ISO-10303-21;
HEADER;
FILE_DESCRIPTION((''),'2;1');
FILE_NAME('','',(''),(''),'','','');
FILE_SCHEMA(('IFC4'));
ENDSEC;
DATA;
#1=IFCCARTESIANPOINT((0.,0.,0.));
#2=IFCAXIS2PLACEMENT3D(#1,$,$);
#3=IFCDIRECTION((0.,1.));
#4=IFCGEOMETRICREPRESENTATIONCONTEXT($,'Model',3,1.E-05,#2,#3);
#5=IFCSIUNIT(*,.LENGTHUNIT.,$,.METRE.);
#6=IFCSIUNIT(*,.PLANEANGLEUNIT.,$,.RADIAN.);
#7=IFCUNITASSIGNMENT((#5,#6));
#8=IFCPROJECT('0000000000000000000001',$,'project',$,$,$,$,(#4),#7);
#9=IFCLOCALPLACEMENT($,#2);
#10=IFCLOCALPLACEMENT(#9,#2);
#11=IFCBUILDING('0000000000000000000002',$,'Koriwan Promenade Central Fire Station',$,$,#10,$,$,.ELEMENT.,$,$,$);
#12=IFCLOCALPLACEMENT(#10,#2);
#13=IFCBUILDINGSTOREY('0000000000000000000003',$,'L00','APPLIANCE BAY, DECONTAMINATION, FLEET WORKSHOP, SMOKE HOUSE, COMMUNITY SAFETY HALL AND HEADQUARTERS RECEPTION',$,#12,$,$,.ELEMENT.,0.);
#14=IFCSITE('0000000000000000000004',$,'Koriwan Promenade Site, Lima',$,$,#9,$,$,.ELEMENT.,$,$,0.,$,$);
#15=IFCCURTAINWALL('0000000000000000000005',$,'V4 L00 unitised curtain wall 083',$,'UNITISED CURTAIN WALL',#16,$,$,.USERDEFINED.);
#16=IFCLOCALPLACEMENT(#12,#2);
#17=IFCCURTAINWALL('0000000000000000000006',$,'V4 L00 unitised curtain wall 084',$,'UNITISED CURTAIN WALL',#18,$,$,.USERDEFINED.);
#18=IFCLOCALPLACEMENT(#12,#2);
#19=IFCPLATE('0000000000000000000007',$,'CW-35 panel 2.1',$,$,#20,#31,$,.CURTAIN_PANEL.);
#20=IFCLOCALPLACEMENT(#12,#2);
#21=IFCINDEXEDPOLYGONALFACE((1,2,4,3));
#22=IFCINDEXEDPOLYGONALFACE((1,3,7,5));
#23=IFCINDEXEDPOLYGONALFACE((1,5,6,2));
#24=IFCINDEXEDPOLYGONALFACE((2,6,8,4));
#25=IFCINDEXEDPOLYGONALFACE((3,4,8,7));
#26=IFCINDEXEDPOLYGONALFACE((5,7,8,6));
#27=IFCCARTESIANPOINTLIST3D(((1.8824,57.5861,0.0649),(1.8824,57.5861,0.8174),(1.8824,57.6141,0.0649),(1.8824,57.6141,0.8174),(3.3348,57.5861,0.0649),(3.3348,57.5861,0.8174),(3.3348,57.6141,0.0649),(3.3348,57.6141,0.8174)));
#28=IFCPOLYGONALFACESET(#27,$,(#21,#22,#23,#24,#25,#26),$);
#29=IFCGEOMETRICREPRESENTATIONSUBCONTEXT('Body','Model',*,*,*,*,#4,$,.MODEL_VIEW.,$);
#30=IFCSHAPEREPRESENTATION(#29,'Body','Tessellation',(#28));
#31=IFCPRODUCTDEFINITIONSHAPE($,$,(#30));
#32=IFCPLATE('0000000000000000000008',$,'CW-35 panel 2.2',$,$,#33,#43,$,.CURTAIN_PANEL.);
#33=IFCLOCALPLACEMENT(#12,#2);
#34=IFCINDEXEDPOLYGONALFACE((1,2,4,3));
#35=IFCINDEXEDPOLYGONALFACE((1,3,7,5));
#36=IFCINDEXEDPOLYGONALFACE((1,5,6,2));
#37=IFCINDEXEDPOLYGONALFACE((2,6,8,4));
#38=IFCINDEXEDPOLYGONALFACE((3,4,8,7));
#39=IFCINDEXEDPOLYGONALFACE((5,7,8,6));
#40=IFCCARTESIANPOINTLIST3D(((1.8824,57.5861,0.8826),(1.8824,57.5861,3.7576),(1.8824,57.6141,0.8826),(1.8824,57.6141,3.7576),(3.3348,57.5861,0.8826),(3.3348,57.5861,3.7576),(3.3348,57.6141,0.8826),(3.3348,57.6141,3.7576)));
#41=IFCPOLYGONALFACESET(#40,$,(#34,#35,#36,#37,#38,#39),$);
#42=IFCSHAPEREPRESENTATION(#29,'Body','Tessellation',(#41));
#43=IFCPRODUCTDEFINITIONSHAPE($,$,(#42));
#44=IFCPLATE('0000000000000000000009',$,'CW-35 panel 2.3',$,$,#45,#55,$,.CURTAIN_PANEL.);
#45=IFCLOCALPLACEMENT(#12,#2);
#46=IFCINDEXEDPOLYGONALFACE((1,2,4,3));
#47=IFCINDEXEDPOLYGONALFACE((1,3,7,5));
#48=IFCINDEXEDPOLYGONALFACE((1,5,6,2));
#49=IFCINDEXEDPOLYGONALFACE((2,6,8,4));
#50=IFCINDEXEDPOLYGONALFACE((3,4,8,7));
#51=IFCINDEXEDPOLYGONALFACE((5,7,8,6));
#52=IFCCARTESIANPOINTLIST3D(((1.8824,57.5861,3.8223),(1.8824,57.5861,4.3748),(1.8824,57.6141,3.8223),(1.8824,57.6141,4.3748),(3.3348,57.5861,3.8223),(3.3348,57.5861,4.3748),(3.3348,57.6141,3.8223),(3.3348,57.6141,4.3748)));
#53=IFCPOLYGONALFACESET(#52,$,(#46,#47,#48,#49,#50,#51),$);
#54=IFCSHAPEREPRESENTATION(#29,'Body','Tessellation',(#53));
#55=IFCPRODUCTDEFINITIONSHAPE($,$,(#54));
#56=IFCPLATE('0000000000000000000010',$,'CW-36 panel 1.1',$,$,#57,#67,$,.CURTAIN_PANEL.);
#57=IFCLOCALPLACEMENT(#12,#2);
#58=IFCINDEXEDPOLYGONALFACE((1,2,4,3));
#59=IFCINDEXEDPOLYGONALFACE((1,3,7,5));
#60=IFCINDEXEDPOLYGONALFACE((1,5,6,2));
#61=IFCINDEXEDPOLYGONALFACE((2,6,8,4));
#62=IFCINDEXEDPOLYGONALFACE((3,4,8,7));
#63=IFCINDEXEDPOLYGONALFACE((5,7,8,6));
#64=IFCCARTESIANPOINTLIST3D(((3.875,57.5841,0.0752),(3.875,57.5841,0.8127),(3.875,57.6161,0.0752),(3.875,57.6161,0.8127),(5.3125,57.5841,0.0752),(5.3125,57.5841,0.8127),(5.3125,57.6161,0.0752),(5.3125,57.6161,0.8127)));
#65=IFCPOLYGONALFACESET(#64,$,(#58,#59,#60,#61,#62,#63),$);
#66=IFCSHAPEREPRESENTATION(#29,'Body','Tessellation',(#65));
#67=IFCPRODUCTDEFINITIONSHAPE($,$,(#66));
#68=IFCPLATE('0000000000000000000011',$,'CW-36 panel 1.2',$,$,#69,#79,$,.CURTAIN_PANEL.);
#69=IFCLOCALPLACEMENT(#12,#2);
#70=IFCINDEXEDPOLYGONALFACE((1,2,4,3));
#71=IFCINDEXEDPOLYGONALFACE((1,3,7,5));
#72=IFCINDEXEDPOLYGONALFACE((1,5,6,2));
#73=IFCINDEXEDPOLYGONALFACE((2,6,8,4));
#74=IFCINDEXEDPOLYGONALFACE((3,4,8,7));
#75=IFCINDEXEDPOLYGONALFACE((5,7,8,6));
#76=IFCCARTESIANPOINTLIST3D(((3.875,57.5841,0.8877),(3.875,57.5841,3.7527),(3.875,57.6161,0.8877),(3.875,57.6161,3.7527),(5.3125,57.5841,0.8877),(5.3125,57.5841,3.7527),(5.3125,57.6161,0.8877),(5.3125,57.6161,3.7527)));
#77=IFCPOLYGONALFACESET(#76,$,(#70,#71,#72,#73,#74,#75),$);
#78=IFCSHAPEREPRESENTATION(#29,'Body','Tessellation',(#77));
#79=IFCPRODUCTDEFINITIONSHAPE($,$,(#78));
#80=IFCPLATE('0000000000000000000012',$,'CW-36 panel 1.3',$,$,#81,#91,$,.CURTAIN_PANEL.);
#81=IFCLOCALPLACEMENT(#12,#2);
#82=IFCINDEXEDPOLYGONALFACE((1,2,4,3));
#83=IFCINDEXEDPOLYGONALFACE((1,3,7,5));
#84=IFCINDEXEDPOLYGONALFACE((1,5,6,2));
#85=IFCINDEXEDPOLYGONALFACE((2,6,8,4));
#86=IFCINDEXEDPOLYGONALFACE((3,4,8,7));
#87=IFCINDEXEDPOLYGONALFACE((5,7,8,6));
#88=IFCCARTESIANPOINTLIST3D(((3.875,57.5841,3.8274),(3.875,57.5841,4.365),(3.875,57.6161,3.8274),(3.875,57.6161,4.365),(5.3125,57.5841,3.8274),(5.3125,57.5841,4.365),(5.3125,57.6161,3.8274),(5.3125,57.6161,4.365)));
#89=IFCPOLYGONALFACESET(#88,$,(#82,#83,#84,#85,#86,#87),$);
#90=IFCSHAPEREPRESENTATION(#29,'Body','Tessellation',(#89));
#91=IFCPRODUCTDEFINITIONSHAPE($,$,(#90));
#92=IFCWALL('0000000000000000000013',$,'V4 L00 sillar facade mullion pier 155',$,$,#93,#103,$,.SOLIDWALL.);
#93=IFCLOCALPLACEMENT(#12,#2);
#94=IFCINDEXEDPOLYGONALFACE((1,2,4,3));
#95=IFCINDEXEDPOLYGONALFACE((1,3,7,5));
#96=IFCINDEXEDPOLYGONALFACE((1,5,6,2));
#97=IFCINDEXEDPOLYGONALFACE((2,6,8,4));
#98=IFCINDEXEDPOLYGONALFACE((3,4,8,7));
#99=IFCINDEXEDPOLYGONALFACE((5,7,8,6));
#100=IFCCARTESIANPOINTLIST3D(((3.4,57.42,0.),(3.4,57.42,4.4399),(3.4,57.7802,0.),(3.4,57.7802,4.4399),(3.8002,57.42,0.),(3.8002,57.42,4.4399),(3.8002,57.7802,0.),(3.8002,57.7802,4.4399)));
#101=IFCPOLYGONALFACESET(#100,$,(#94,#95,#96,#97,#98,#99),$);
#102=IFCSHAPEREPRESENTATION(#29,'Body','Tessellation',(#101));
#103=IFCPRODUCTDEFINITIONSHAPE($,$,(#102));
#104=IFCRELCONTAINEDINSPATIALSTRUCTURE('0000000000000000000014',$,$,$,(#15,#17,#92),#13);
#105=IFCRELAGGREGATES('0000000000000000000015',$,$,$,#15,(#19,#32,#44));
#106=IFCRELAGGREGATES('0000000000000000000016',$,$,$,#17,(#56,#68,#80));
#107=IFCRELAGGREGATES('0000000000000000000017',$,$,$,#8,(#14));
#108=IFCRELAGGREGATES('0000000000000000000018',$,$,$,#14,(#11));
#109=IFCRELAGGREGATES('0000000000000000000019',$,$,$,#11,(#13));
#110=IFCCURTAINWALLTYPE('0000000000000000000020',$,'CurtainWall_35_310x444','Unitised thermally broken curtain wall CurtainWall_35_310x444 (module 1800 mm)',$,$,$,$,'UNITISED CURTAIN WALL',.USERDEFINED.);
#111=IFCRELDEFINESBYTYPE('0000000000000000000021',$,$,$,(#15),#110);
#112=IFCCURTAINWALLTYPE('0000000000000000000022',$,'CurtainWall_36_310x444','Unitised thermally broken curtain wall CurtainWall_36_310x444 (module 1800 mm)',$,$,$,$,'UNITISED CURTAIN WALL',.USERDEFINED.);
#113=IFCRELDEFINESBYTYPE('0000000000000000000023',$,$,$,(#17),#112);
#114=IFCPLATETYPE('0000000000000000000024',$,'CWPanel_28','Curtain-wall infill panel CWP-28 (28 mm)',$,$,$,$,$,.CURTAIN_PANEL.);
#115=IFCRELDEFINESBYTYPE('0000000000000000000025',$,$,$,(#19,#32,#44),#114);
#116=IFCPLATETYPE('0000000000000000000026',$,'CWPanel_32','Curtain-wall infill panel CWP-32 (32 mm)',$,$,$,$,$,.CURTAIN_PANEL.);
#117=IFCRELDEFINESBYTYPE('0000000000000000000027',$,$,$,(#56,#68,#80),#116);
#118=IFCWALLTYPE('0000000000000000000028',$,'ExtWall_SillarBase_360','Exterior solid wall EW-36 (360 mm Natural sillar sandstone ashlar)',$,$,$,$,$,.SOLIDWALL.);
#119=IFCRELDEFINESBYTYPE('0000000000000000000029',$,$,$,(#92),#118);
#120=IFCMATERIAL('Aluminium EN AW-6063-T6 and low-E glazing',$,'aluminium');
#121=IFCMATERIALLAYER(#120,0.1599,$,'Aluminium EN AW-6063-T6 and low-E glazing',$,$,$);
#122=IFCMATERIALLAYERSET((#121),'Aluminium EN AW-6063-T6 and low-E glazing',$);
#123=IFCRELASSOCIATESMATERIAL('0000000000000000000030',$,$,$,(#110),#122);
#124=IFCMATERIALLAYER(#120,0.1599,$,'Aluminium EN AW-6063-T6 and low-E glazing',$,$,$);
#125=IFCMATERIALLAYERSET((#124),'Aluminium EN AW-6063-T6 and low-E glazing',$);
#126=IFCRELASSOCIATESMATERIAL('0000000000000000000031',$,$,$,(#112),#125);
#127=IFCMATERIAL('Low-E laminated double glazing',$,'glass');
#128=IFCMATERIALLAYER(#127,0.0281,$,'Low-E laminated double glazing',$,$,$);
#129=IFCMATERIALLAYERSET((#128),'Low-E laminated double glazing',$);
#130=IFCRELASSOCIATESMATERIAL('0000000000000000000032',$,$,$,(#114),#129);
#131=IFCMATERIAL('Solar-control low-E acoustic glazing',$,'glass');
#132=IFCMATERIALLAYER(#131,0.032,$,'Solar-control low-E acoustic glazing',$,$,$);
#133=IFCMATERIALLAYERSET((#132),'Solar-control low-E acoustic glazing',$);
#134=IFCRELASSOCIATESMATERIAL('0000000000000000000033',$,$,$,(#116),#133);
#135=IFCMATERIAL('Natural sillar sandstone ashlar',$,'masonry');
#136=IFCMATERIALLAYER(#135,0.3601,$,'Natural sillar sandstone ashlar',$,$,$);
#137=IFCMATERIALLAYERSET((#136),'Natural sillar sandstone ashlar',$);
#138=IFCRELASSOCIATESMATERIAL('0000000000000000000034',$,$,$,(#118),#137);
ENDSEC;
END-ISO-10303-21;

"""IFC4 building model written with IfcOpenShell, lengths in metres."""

from ifc_helpers import new_model, si_unit, direction, frame, frame_2d, origin, origin_2d, place, context, subcontext, project, spatial, rectangle, extrude, material, layer, layer_set, type_object, element, aggregate, save


model = new_model("IFC4")

# Units and contexts
model_context = context("Model", 3, precision=1e-05, world=origin(), true_north=direction((0.0, 1.0)))
body_context = subcontext(model_context, "Body", "Model", "MODEL_VIEW")
ifc_project = project(units=[si_unit("LENGTHUNIT", "METRE"), si_unit("PLANEANGLEUNIT", "RADIAN")], contexts=[model_context])

# Site, building, storey
site_placement = place(None, origin())
site = spatial("IfcSite", under=ifc_project, at=site_placement, Name="Koriwan Promenade Site, Lima", CompositionType="ELEMENT", RefElevation=0.0)
building_placement = place(site_placement, origin())
building = spatial("IfcBuilding", under=site, at=building_placement, Name="Koriwan Promenade Central Fire Station", CompositionType="ELEMENT")
storey_placement = place(building_placement, origin())
storey = spatial("IfcBuildingStorey", under=building, at=storey_placement, Name="L00", Description="APPLIANCE BAY, DECONTAMINATION, FLEET WORKSHOP, SMOKE HOUSE, COMMUNITY SAFETY HALL AND HEADQUARTERS RECEPTION", CompositionType="ELEMENT", Elevation=0.0)

# Curtain walls
ifc_material_1 = material(Name="Aluminium EN AW-6063-T6 and low-E glazing", Category="aluminium")
ifc_layer_1 = layer(ifc_material_1, 0.1599, Name="Aluminium EN AW-6063-T6 and low-E glazing")
ifc_layer_set_1 = layer_set([ifc_layer_1], Name="Aluminium EN AW-6063-T6 and low-E glazing")
curtain_wall_type_1 = type_object("IfcCurtainWallType", Name="CurtainWall_35_310x444", Description="Unitised thermally broken curtain wall CurtainWall_35_310x444 (module 1800 mm)", ElementType="UNITISED CURTAIN WALL", PredefinedType="USERDEFINED", material=ifc_layer_set_1)
curtain_wall_1_placement = place(storey_placement, origin())
curtain_wall_1 = element("IfcCurtainWall", 1, at=curtain_wall_1_placement, inside=storey, type_object=curtain_wall_type_1, Name="V4 L00 unitised curtain wall 083", ObjectType="UNITISED CURTAIN WALL", PredefinedType="USERDEFINED")
ifc_layer_2 = layer(ifc_material_1, 0.1599, Name="Aluminium EN AW-6063-T6 and low-E glazing")
ifc_layer_set_2 = layer_set([ifc_layer_2], Name="Aluminium EN AW-6063-T6 and low-E glazing")
curtain_wall_type_2 = type_object("IfcCurtainWallType", Name="CurtainWall_36_310x444", Description="Unitised thermally broken curtain wall CurtainWall_36_310x444 (module 1800 mm)", ElementType="UNITISED CURTAIN WALL", PredefinedType="USERDEFINED", material=ifc_layer_set_2)
curtain_wall_2_placement = place(storey_placement, origin())
curtain_wall_2 = element("IfcCurtainWall", 2, at=curtain_wall_2_placement, inside=storey, type_object=curtain_wall_type_2, Name="V4 L00 unitised curtain wall 084", ObjectType="UNITISED CURTAIN WALL", PredefinedType="USERDEFINED")

# Plates
ifc_material_2 = material(Name="Low-E laminated double glazing", Category="glass")
ifc_layer_3 = layer(ifc_material_2, 0.0281, Name="Low-E laminated double glazing")
ifc_layer_set_3 = layer_set([ifc_layer_3], Name="Low-E laminated double glazing")
plate_type_1 = type_object("IfcPlateType", Name="CWPanel_28", Description="Curtain-wall infill panel CWP-28 (28 mm)", PredefinedType="CURTAIN_PANEL", material=ifc_layer_set_3)
plate_1_placement = place(storey_placement, frame((2.6086, 57.6001, 0.0649), z_axis=(0.0, 0.0, 1.0), x_axis=(1.0, 0.0, 0.0)))
plate_1 = element("IfcPlate", 3, at=plate_1_placement, type_object=plate_type_1, Name="CW-35 panel 2.1", PredefinedType="CURTAIN_PANEL", context=body_context, shape_type="SweptSolid", body=[
    extrude(rectangle(XDim=1.4524, YDim=0.0281, at=origin_2d()), origin(), (0.0, 0.0, 1.0), 0.7524),
])
plate_2_placement = place(storey_placement, frame((2.6086, 57.6001, 0.8826), z_axis=(0.0, 0.0, 1.0), x_axis=(1.0, 0.0, 0.0)))
plate_2 = element("IfcPlate", 4, at=plate_2_placement, type_object=plate_type_1, Name="CW-35 panel 2.2", PredefinedType="CURTAIN_PANEL", context=body_context, shape_type="SweptSolid", body=[
    extrude(rectangle(XDim=1.4524, YDim=0.0281, at=origin_2d()), origin(), (0.0, 0.0, 1.0), 2.875),
])
plate_3_placement = place(storey_placement, frame((2.6086, 57.6001, 3.8223), z_axis=(0.0, 0.0, 1.0), x_axis=(1.0, 0.0, 0.0)))
plate_3 = element("IfcPlate", 5, at=plate_3_placement, type_object=plate_type_1, Name="CW-35 panel 2.3", PredefinedType="CURTAIN_PANEL", context=body_context, shape_type="SweptSolid", body=[
    extrude(rectangle(XDim=1.4524, YDim=0.0281, at=origin_2d()), origin(), (0.0, 0.0, 1.0), 0.5525),
])
aggregate(curtain_wall_1, [plate_1, plate_2, plate_3])
ifc_material_3 = material(Name="Solar-control low-E acoustic glazing", Category="glass")
ifc_layer_4 = layer(ifc_material_3, 0.032, Name="Solar-control low-E acoustic glazing")
ifc_layer_set_4 = layer_set([ifc_layer_4], Name="Solar-control low-E acoustic glazing")
plate_type_2 = type_object("IfcPlateType", Name="CWPanel_32", Description="Curtain-wall infill panel CWP-32 (32 mm)", PredefinedType="CURTAIN_PANEL", material=ifc_layer_set_4)
plate_4_placement = place(storey_placement, frame((4.5938, 57.6001, 0.0752), z_axis=(0.0, 0.0, 1.0), x_axis=(1.0, 0.0, 0.0)))
plate_4 = element("IfcPlate", 6, at=plate_4_placement, type_object=plate_type_2, Name="CW-36 panel 1.1", PredefinedType="CURTAIN_PANEL", context=body_context, shape_type="SweptSolid", body=[
    extrude(rectangle(XDim=1.4375, YDim=0.032, at=origin_2d()), origin(), (0.0, 0.0, 1.0), 0.7375),
])
plate_5_placement = place(storey_placement, frame((4.5938, 57.6001, 0.8877), z_axis=(0.0, 0.0, 1.0), x_axis=(1.0, 0.0, 0.0)))
plate_5 = element("IfcPlate", 7, at=plate_5_placement, type_object=plate_type_2, Name="CW-36 panel 1.2", PredefinedType="CURTAIN_PANEL", context=body_context, shape_type="SweptSolid", body=[
    extrude(rectangle(XDim=1.4375, YDim=0.032, at=origin_2d()), origin(), (0.0, 0.0, 1.0), 2.865),
])
plate_6_placement = place(storey_placement, frame((4.5938, 57.6001, 3.8274), z_axis=(0.0, 0.0, 1.0), x_axis=(1.0, 0.0, 0.0)))
plate_6 = element("IfcPlate", 8, at=plate_6_placement, type_object=plate_type_2, Name="CW-36 panel 1.3", PredefinedType="CURTAIN_PANEL", context=body_context, shape_type="SweptSolid", body=[
    extrude(rectangle(XDim=1.4375, YDim=0.032, at=origin_2d()), origin(), (0.0, 0.0, 1.0), 0.5376),
])
aggregate(curtain_wall_2, [plate_4, plate_5, plate_6])

# Wall
ifc_material_4 = material(Name="Natural sillar sandstone ashlar", Category="masonry")
ifc_layer_5 = layer(ifc_material_4, 0.3601, Name="Natural sillar sandstone ashlar")
ifc_layer_set_5 = layer_set([ifc_layer_5], Name="Natural sillar sandstone ashlar")
wall_type = type_object("IfcWallType", Name="ExtWall_SillarBase_360", Description="Exterior solid wall EW-36 (360 mm Natural sillar sandstone ashlar)", PredefinedType="SOLIDWALL", material=ifc_layer_set_5)
wall_placement = place(storey_placement, frame((3.3999, 57.6001, 0.0), z_axis=(0.0, 0.0, 1.0), x_axis=(1.0, 0.0, 0.0)))
element("IfcWall", 9, at=wall_placement, inside=storey, type_object=wall_type, Name="V4 L00 sillar facade mullion pier 155", PredefinedType="SOLIDWALL", context=body_context, shape_type="SweptSolid", body=[
    extrude(rectangle(XDim=0.4001, YDim=0.3601, at=frame_2d((0.2002, 0.0))), origin(), (0.0, 0.0, 1.0), 4.4399),
])

save(model, "model.ifc")
